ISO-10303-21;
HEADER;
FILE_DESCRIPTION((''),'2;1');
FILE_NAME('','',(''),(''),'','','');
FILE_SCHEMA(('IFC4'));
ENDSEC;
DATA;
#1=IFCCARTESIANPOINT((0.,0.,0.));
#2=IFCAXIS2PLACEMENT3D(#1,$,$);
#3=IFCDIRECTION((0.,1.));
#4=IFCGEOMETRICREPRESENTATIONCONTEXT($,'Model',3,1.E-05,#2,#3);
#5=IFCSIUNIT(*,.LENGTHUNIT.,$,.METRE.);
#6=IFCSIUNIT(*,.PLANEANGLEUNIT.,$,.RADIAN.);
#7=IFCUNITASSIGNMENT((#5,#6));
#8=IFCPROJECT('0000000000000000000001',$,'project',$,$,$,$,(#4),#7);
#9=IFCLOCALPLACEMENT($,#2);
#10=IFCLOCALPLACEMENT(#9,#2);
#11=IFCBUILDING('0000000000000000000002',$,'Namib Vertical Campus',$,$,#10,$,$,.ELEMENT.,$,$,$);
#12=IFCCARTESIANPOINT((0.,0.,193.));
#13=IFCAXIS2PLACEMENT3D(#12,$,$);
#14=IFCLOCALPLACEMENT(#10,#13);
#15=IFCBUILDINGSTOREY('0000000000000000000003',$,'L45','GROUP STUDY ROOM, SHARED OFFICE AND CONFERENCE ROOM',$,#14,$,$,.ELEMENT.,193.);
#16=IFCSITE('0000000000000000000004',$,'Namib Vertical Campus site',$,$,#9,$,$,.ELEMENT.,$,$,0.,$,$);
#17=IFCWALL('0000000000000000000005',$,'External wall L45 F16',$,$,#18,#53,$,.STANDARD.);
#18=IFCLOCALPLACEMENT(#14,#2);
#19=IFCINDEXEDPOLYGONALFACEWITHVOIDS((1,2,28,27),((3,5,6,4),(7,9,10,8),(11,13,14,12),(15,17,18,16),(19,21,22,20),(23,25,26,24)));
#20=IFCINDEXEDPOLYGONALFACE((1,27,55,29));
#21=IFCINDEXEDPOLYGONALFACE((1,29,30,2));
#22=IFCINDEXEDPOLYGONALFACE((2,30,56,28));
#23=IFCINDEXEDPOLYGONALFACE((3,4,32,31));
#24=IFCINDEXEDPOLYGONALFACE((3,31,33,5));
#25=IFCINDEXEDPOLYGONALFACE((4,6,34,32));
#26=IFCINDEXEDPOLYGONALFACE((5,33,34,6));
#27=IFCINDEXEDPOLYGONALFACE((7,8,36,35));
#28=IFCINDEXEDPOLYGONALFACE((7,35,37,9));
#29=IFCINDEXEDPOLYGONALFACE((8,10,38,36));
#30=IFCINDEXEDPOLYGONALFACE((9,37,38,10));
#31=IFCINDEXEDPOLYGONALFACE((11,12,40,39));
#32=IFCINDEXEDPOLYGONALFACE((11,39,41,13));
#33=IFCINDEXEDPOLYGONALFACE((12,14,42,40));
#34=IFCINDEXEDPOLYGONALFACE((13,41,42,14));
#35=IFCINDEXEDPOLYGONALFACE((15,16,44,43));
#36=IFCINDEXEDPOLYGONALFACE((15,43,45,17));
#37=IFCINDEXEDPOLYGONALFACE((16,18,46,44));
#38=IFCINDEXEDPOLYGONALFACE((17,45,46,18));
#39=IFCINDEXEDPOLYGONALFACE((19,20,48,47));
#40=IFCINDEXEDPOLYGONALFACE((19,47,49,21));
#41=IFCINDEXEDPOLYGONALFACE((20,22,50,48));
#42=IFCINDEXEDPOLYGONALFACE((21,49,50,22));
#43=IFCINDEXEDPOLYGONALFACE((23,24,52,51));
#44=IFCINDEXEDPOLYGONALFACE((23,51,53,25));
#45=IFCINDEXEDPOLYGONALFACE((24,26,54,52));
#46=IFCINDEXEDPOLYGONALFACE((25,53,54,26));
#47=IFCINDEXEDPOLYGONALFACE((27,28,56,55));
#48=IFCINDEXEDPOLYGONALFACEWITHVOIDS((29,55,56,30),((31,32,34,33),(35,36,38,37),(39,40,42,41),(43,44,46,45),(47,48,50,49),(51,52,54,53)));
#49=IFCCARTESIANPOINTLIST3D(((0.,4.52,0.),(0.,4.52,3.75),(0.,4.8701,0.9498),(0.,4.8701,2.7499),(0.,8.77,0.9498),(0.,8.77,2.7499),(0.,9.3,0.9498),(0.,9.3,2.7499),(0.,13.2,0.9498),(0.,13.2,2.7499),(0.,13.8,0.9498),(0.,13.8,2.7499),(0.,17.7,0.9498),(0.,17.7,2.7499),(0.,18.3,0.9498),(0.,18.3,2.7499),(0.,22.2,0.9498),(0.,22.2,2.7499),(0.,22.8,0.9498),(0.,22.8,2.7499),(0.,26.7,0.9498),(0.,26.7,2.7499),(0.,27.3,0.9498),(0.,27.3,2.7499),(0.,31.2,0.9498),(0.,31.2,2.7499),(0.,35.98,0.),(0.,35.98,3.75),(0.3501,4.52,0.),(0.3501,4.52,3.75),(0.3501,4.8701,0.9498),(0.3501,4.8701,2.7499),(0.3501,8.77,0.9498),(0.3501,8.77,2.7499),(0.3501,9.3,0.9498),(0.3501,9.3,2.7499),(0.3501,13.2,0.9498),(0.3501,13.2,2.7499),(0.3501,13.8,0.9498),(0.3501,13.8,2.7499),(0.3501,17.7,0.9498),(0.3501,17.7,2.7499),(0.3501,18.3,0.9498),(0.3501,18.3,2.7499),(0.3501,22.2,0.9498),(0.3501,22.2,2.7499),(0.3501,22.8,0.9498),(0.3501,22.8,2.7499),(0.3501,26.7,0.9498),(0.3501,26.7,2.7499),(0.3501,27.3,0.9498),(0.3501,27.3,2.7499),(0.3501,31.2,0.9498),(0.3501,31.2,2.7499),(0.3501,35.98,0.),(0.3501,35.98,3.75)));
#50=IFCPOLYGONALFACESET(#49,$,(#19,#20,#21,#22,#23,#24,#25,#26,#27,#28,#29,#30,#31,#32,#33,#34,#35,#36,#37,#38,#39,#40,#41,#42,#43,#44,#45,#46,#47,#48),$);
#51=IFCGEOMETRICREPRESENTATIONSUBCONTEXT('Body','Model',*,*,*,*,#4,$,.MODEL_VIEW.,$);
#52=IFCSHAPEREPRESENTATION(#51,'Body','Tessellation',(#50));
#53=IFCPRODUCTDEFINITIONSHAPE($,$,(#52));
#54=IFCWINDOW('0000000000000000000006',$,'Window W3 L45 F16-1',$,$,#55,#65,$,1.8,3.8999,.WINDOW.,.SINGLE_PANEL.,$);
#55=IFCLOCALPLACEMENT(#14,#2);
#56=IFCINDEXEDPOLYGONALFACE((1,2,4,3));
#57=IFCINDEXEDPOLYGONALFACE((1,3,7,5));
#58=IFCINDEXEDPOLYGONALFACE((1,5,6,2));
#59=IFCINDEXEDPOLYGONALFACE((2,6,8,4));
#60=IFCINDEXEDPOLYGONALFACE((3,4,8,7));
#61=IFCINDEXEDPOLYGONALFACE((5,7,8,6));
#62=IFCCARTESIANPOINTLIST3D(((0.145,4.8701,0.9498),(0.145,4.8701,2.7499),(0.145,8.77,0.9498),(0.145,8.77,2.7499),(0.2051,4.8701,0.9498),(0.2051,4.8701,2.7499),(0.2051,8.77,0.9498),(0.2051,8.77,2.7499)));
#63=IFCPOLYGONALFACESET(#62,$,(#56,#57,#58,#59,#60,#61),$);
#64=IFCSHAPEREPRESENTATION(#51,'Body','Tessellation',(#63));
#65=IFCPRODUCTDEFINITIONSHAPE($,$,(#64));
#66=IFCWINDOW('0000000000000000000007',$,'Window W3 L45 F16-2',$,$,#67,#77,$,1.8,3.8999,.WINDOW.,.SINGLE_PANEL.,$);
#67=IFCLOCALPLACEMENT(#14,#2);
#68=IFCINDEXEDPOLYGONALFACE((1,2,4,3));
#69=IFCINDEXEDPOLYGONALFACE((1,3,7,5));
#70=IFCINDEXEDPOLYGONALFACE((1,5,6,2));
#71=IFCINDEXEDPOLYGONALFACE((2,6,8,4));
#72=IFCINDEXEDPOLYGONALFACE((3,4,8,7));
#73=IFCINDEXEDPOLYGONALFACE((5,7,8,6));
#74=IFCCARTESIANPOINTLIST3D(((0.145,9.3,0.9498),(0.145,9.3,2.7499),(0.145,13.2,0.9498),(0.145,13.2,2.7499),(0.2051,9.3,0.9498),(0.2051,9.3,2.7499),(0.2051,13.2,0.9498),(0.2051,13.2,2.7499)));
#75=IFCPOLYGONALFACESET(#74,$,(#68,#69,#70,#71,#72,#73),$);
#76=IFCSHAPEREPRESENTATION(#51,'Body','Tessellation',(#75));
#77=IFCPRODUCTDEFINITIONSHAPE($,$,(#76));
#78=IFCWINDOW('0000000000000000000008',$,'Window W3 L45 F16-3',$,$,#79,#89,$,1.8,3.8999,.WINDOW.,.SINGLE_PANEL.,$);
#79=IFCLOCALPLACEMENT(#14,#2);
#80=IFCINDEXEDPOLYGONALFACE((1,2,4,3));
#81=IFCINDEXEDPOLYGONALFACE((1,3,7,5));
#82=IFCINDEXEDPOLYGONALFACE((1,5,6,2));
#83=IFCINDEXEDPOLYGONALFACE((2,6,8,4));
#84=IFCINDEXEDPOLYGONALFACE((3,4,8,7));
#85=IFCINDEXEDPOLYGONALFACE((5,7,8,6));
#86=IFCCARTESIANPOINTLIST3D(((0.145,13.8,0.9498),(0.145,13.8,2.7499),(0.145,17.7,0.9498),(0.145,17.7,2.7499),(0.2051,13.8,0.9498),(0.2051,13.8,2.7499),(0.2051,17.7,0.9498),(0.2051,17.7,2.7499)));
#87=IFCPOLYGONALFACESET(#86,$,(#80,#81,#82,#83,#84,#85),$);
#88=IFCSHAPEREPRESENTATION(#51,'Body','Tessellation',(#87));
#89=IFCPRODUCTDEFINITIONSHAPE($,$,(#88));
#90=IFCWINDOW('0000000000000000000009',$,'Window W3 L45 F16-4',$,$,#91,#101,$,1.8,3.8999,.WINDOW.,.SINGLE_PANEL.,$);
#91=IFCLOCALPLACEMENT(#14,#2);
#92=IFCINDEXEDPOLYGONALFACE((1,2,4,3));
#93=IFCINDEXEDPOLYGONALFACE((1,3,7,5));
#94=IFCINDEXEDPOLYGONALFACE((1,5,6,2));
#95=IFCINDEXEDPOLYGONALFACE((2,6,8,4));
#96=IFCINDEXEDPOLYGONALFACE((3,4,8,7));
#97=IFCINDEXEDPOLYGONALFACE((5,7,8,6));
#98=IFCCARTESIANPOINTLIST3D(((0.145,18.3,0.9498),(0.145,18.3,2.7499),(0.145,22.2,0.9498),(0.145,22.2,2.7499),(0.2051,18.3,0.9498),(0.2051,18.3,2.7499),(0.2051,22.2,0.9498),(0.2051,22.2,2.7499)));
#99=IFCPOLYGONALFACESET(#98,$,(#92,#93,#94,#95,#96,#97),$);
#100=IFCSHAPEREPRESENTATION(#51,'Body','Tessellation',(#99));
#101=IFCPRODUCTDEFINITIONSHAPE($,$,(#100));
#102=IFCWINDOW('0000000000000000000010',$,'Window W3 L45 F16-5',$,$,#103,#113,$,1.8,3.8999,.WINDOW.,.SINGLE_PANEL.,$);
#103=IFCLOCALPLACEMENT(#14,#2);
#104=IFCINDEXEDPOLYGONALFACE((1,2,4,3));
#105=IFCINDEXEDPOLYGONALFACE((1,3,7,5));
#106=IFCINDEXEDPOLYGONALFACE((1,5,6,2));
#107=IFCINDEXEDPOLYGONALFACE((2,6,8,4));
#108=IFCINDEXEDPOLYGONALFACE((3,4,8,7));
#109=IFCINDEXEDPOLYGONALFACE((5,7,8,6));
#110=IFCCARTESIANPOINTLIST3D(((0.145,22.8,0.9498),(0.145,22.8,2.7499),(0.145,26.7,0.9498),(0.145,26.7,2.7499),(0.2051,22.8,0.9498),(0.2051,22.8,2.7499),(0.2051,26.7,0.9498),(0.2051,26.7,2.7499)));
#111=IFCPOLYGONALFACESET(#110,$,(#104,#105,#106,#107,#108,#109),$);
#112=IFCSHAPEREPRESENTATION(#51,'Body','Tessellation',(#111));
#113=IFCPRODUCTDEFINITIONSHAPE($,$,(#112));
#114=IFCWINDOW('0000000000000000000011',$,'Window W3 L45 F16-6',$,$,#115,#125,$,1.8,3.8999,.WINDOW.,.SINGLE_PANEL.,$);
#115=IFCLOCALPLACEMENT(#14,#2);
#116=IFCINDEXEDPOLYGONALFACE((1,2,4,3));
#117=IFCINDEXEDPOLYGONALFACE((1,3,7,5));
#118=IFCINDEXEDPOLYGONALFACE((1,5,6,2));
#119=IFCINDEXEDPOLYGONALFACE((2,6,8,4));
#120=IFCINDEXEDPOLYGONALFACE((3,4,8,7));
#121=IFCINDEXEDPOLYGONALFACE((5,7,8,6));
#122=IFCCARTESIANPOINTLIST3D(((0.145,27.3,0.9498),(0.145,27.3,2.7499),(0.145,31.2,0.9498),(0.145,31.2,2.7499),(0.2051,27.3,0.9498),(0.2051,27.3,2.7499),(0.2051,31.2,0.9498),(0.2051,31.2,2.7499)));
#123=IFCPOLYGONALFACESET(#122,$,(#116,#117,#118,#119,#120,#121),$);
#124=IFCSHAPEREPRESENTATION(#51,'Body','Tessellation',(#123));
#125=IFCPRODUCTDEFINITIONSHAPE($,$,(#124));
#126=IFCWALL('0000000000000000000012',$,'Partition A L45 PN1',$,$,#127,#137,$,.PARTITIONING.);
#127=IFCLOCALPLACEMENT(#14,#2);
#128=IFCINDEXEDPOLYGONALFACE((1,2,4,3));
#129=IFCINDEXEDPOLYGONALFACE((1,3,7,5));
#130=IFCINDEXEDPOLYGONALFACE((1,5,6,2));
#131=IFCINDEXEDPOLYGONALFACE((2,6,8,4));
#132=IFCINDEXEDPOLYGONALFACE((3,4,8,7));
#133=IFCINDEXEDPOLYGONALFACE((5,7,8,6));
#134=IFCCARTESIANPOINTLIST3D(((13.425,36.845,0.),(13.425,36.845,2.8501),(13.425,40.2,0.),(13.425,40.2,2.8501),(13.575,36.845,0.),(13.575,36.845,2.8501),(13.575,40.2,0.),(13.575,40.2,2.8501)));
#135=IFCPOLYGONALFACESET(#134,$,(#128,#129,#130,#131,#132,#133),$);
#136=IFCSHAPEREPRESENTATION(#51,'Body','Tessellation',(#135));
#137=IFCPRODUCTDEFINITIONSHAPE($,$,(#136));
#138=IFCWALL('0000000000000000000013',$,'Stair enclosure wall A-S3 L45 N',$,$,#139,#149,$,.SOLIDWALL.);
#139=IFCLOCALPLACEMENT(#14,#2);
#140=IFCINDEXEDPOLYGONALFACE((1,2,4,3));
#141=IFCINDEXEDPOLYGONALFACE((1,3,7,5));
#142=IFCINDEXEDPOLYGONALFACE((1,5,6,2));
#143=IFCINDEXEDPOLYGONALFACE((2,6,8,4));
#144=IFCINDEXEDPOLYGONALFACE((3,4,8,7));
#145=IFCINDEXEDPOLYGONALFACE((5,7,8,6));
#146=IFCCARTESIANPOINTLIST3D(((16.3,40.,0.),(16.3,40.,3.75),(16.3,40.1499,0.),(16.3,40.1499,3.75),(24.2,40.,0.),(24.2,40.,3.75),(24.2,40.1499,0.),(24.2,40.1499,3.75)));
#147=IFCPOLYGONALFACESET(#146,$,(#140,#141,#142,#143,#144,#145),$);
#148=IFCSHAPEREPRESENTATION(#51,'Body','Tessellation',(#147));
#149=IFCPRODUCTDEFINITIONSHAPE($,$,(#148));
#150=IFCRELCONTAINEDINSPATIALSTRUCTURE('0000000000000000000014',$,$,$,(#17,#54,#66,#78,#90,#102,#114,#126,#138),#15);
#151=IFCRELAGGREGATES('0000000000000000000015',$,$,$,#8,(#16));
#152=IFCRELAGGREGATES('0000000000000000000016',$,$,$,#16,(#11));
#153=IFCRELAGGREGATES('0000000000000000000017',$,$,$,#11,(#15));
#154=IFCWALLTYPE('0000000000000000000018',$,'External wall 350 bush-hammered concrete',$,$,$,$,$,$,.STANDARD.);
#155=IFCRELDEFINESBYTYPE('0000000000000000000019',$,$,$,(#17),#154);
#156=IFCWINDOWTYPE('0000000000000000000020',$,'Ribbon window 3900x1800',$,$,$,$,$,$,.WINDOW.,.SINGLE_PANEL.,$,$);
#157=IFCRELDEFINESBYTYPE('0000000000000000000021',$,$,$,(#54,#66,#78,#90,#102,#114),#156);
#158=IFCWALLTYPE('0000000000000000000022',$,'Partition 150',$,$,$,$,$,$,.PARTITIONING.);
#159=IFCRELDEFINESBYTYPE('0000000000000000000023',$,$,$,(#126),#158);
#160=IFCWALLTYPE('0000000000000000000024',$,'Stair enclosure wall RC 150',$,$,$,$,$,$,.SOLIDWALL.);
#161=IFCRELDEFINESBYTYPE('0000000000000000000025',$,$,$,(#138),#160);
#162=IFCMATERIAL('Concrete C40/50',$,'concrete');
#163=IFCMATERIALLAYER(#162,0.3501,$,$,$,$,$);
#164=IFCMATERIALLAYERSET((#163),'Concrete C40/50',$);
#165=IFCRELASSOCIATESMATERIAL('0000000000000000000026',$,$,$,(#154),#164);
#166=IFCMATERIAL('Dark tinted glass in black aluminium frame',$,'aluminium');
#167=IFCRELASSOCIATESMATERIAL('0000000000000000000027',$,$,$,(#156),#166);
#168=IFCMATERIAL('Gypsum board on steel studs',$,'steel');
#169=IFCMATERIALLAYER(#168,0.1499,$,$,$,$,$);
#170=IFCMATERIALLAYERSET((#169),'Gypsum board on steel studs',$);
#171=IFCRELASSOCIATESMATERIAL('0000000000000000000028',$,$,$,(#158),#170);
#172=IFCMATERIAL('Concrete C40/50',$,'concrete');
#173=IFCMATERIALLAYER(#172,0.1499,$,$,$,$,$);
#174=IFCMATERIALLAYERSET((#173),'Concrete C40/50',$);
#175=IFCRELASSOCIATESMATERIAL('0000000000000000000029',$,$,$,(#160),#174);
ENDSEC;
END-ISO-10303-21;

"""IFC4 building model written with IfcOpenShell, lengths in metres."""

from ifc_helpers import new_model, si_unit, direction, frame, frame_2d, origin, place, context, subcontext, project, spatial, rectangle, extrude, material, layer, layer_set, type_object, element, fill, save


model = new_model("IFC4")

# Units and contexts
model_context = context("Model", 3, precision=1e-05, world=origin(), true_north=direction((0.0, 1.0)))
body_context = subcontext(model_context, "Body", "Model", "MODEL_VIEW")
ifc_project = project(units=[si_unit("LENGTHUNIT", "METRE"), si_unit("PLANEANGLEUNIT", "RADIAN")], contexts=[model_context])

# Site, building, storey
site_placement = place(None, origin())
site = spatial("IfcSite", under=ifc_project, at=site_placement, Name="Namib Vertical Campus site", CompositionType="ELEMENT", RefElevation=0.0)
building_placement = place(site_placement, origin())
building = spatial("IfcBuilding", under=site, at=building_placement, Name="Namib Vertical Campus", CompositionType="ELEMENT")
storey_placement = place(building_placement, frame((0.0, 0.0, 193.0)))
storey = spatial("IfcBuildingStorey", under=building, at=storey_placement, Name="L45", Description="GROUP STUDY ROOM, SHARED OFFICE AND CONFERENCE ROOM", CompositionType="ELEMENT", Elevation=193.0)

# Shared definitions
ifc_material_1 = material(Name="Concrete C40/50", Category="concrete")
ifc_layer_1 = layer(ifc_material_1, 0.3501)
ifc_layer_set_1 = layer_set([ifc_layer_1], Name="Concrete C40/50")
wall_type_1 = type_object("IfcWallType", Name="External wall 350 bush-hammered concrete", PredefinedType="STANDARD", material=ifc_layer_set_1)

# Wall, openings, windows
wall_1_placement = place(storey_placement, frame((0.175, 35.98, 0.0), z_axis=(0.0, 0.0, 1.0), x_axis=(0.0, -1.0, 0.0)))
wall_1 = element("IfcWall", 1, at=wall_1_placement, inside=storey, type_object=wall_type_1, Name="External wall L45 F16", PredefinedType="STANDARD", context=body_context, shape_type="SweptSolid", body=[
    extrude(rectangle(XDim=31.46, YDim=0.3501, at=frame_2d((15.73, 0.0))), origin(), (0.0, 0.0, 1.0), 3.75),
])
opening_1_placement = place(wall_1_placement, frame((27.21, 0.0, 0.95)))
opening_1 = element("IfcOpeningElement", 2, at=opening_1_placement, cuts=wall_1, PredefinedType="OPENING", context=body_context, shape_type="SweptSolid", body=[
    extrude(rectangle(XDim=3.8999, YDim=1.8, at=frame_2d((1.95, 0.8999))), frame((0.0, 0.1851, 0.0), z_axis=(0.0, -1.0, 0.0), x_axis=(1.0, 0.0, 0.0)), (0.0, 0.0, 1.0), 0.3701),
])
opening_2_placement = place(wall_1_placement, frame((22.78, 0.0, 0.95)))
opening_2 = element("IfcOpeningElement", 3, at=opening_2_placement, cuts=wall_1, PredefinedType="OPENING", context=body_context, shape_type="SweptSolid", body=[
    extrude(rectangle(XDim=3.8999, YDim=1.8, at=frame_2d((1.95, 0.8999))), frame((0.0, 0.1851, 0.0), z_axis=(0.0, -1.0, 0.0), x_axis=(1.0, 0.0, 0.0)), (0.0, 0.0, 1.0), 0.3701),
])
opening_3_placement = place(wall_1_placement, frame((18.28, 0.0, 0.95)))
opening_3 = element("IfcOpeningElement", 4, at=opening_3_placement, cuts=wall_1, PredefinedType="OPENING", context=body_context, shape_type="SweptSolid", body=[
    extrude(rectangle(XDim=3.8999, YDim=1.8, at=frame_2d((1.95, 0.8999))), frame((0.0, 0.1851, 0.0), z_axis=(0.0, -1.0, 0.0), x_axis=(1.0, 0.0, 0.0)), (0.0, 0.0, 1.0), 0.3701),
])
opening_4_placement = place(wall_1_placement, frame((13.78, 0.0, 0.95)))
opening_4 = element("IfcOpeningElement", 5, at=opening_4_placement, cuts=wall_1, PredefinedType="OPENING", context=body_context, shape_type="SweptSolid", body=[
    extrude(rectangle(XDim=3.8999, YDim=1.8, at=frame_2d((1.95, 0.8999))), frame((0.0, 0.1851, 0.0), z_axis=(0.0, -1.0, 0.0), x_axis=(1.0, 0.0, 0.0)), (0.0, 0.0, 1.0), 0.3701),
])
opening_5_placement = place(wall_1_placement, frame((9.28, 0.0, 0.95)))
opening_5 = element("IfcOpeningElement", 6, at=opening_5_placement, cuts=wall_1, PredefinedType="OPENING", context=body_context, shape_type="SweptSolid", body=[
    extrude(rectangle(XDim=3.8999, YDim=1.8, at=frame_2d((1.95, 0.8999))), frame((0.0, 0.1851, 0.0), z_axis=(0.0, -1.0, 0.0), x_axis=(1.0, 0.0, 0.0)), (0.0, 0.0, 1.0), 0.3701),
])
opening_6_placement = place(wall_1_placement, frame((4.78, 0.0, 0.95)))
opening_6 = element("IfcOpeningElement", 7, at=opening_6_placement, cuts=wall_1, PredefinedType="OPENING", context=body_context, shape_type="SweptSolid", body=[
    extrude(rectangle(XDim=3.8999, YDim=1.8, at=frame_2d((1.95, 0.8999))), frame((0.0, 0.1851, 0.0), z_axis=(0.0, -1.0, 0.0), x_axis=(1.0, 0.0, 0.0)), (0.0, 0.0, 1.0), 0.3701),
])
ifc_material_2 = material(Name="Dark tinted glass in black aluminium frame", Category="aluminium")
window_type = type_object("IfcWindowType", Name="Ribbon window 3900x1800", PartitioningType="SINGLE_PANEL", PredefinedType="WINDOW", material=ifc_material_2)
window_1_placement = place(opening_1_placement, origin())
window_1 = element("IfcWindow", 8, at=window_1_placement, inside=storey, type_object=window_type, Name="Window W3 L45 F16-1", OverallHeight=1.8, OverallWidth=3.8999, PartitioningType="SINGLE_PANEL", PredefinedType="WINDOW", context=body_context, shape_type="SweptSolid", body=[
    extrude(rectangle(XDim=3.8999, YDim=1.8, at=frame_2d((1.95, 0.8999))), frame((0.0, 0.03, 0.0), z_axis=(0.0, -1.0, 0.0), x_axis=(1.0, 0.0, 0.0)), (0.0, 0.0, 1.0), 0.0601),
])
fill(opening_1, window_1)
window_2_placement = place(opening_2_placement, origin())
window_2 = element("IfcWindow", 9, at=window_2_placement, inside=storey, type_object=window_type, Name="Window W3 L45 F16-2", OverallHeight=1.8, OverallWidth=3.8999, PartitioningType="SINGLE_PANEL", PredefinedType="WINDOW", context=body_context, shape_type="SweptSolid", body=[
    extrude(rectangle(XDim=3.8999, YDim=1.8, at=frame_2d((1.95, 0.8999))), frame((0.0, 0.03, 0.0), z_axis=(0.0, -1.0, 0.0), x_axis=(1.0, 0.0, 0.0)), (0.0, 0.0, 1.0), 0.0601),
])
fill(opening_2, window_2)
window_3_placement = place(opening_3_placement, origin())
window_3 = element("IfcWindow", 10, at=window_3_placement, inside=storey, type_object=window_type, Name="Window W3 L45 F16-3", OverallHeight=1.8, OverallWidth=3.8999, PartitioningType="SINGLE_PANEL", PredefinedType="WINDOW", context=body_context, shape_type="SweptSolid", body=[
    extrude(rectangle(XDim=3.8999, YDim=1.8, at=frame_2d((1.95, 0.8999))), frame((0.0, 0.03, 0.0), z_axis=(0.0, -1.0, 0.0), x_axis=(1.0, 0.0, 0.0)), (0.0, 0.0, 1.0), 0.0601),
])
fill(opening_3, window_3)
window_4_placement = place(opening_4_placement, origin())
window_4 = element("IfcWindow", 11, at=window_4_placement, inside=storey, type_object=window_type, Name="Window W3 L45 F16-4", OverallHeight=1.8, OverallWidth=3.8999, PartitioningType="SINGLE_PANEL", PredefinedType="WINDOW", context=body_context, shape_type="SweptSolid", body=[
    extrude(rectangle(XDim=3.8999, YDim=1.8, at=frame_2d((1.95, 0.8999))), frame((0.0, 0.03, 0.0), z_axis=(0.0, -1.0, 0.0), x_axis=(1.0, 0.0, 0.0)), (0.0, 0.0, 1.0), 0.0601),
])
fill(opening_4, window_4)
window_5_placement = place(opening_5_placement, origin())
window_5 = element("IfcWindow", 12, at=window_5_placement, inside=storey, type_object=window_type, Name="Window W3 L45 F16-5", OverallHeight=1.8, OverallWidth=3.8999, PartitioningType="SINGLE_PANEL", PredefinedType="WINDOW", context=body_context, shape_type="SweptSolid", body=[
    extrude(rectangle(XDim=3.8999, YDim=1.8, at=frame_2d((1.95, 0.8999))), frame((0.0, 0.03, 0.0), z_axis=(0.0, -1.0, 0.0), x_axis=(1.0, 0.0, 0.0)), (0.0, 0.0, 1.0), 0.0601),
])
fill(opening_5, window_5)
window_6_placement = place(opening_6_placement, origin())
window_6 = element("IfcWindow", 13, at=window_6_placement, inside=storey, type_object=window_type, Name="Window W3 L45 F16-6", OverallHeight=1.8, OverallWidth=3.8999, PartitioningType="SINGLE_PANEL", PredefinedType="WINDOW", context=body_context, shape_type="SweptSolid", body=[
    extrude(rectangle(XDim=3.8999, YDim=1.8, at=frame_2d((1.95, 0.8999))), frame((0.0, 0.03, 0.0), z_axis=(0.0, -1.0, 0.0), x_axis=(1.0, 0.0, 0.0)), (0.0, 0.0, 1.0), 0.0601),
])
fill(opening_6, window_6)

# Walls
ifc_material_3 = material(Name="Gypsum board on steel studs", Category="steel")
ifc_layer_2 = layer(ifc_material_3, 0.1499)
ifc_layer_set_2 = layer_set([ifc_layer_2], Name="Gypsum board on steel studs")
wall_type_2 = type_object("IfcWallType", Name="Partition 150", PredefinedType="PARTITIONING", material=ifc_layer_set_2)
wall_2_placement = place(storey_placement, frame((13.5, 36.845, 0.0), z_axis=(0.0, 0.0, 1.0), x_axis=(0.0, 1.0, 0.0)))
element("IfcWall", 14, at=wall_2_placement, inside=storey, type_object=wall_type_2, Name="Partition A L45 PN1", PredefinedType="PARTITIONING", context=body_context, shape_type="SweptSolid", body=[
    extrude(rectangle(XDim=3.355, YDim=0.1499, at=frame_2d((1.6775, 0.0))), origin(), (0.0, 0.0, 1.0), 2.8501),
])
ifc_material_4 = material(Name="Concrete C40/50", Category="concrete")
ifc_layer_3 = layer(ifc_material_4, 0.1499)
ifc_layer_set_3 = layer_set([ifc_layer_3], Name="Concrete C40/50")
wall_type_3 = type_object("IfcWallType", Name="Stair enclosure wall RC 150", PredefinedType="SOLIDWALL", material=ifc_layer_set_3)
wall_3_placement = place(storey_placement, frame((16.3, 40.075, 0.0), z_axis=(0.0, 0.0, 1.0), x_axis=(1.0, 0.0, 0.0)))
element("IfcWall", 15, at=wall_3_placement, inside=storey, type_object=wall_type_3, Name="Stair enclosure wall A-S3 L45 N", PredefinedType="SOLIDWALL", context=body_context, shape_type="SweptSolid", body=[
    extrude(rectangle(XDim=7.8999, YDim=0.1499, at=frame_2d((3.95, 0.0))), origin(), (0.0, 0.0, 1.0), 3.75),
])

save(model, "model.ifc")
